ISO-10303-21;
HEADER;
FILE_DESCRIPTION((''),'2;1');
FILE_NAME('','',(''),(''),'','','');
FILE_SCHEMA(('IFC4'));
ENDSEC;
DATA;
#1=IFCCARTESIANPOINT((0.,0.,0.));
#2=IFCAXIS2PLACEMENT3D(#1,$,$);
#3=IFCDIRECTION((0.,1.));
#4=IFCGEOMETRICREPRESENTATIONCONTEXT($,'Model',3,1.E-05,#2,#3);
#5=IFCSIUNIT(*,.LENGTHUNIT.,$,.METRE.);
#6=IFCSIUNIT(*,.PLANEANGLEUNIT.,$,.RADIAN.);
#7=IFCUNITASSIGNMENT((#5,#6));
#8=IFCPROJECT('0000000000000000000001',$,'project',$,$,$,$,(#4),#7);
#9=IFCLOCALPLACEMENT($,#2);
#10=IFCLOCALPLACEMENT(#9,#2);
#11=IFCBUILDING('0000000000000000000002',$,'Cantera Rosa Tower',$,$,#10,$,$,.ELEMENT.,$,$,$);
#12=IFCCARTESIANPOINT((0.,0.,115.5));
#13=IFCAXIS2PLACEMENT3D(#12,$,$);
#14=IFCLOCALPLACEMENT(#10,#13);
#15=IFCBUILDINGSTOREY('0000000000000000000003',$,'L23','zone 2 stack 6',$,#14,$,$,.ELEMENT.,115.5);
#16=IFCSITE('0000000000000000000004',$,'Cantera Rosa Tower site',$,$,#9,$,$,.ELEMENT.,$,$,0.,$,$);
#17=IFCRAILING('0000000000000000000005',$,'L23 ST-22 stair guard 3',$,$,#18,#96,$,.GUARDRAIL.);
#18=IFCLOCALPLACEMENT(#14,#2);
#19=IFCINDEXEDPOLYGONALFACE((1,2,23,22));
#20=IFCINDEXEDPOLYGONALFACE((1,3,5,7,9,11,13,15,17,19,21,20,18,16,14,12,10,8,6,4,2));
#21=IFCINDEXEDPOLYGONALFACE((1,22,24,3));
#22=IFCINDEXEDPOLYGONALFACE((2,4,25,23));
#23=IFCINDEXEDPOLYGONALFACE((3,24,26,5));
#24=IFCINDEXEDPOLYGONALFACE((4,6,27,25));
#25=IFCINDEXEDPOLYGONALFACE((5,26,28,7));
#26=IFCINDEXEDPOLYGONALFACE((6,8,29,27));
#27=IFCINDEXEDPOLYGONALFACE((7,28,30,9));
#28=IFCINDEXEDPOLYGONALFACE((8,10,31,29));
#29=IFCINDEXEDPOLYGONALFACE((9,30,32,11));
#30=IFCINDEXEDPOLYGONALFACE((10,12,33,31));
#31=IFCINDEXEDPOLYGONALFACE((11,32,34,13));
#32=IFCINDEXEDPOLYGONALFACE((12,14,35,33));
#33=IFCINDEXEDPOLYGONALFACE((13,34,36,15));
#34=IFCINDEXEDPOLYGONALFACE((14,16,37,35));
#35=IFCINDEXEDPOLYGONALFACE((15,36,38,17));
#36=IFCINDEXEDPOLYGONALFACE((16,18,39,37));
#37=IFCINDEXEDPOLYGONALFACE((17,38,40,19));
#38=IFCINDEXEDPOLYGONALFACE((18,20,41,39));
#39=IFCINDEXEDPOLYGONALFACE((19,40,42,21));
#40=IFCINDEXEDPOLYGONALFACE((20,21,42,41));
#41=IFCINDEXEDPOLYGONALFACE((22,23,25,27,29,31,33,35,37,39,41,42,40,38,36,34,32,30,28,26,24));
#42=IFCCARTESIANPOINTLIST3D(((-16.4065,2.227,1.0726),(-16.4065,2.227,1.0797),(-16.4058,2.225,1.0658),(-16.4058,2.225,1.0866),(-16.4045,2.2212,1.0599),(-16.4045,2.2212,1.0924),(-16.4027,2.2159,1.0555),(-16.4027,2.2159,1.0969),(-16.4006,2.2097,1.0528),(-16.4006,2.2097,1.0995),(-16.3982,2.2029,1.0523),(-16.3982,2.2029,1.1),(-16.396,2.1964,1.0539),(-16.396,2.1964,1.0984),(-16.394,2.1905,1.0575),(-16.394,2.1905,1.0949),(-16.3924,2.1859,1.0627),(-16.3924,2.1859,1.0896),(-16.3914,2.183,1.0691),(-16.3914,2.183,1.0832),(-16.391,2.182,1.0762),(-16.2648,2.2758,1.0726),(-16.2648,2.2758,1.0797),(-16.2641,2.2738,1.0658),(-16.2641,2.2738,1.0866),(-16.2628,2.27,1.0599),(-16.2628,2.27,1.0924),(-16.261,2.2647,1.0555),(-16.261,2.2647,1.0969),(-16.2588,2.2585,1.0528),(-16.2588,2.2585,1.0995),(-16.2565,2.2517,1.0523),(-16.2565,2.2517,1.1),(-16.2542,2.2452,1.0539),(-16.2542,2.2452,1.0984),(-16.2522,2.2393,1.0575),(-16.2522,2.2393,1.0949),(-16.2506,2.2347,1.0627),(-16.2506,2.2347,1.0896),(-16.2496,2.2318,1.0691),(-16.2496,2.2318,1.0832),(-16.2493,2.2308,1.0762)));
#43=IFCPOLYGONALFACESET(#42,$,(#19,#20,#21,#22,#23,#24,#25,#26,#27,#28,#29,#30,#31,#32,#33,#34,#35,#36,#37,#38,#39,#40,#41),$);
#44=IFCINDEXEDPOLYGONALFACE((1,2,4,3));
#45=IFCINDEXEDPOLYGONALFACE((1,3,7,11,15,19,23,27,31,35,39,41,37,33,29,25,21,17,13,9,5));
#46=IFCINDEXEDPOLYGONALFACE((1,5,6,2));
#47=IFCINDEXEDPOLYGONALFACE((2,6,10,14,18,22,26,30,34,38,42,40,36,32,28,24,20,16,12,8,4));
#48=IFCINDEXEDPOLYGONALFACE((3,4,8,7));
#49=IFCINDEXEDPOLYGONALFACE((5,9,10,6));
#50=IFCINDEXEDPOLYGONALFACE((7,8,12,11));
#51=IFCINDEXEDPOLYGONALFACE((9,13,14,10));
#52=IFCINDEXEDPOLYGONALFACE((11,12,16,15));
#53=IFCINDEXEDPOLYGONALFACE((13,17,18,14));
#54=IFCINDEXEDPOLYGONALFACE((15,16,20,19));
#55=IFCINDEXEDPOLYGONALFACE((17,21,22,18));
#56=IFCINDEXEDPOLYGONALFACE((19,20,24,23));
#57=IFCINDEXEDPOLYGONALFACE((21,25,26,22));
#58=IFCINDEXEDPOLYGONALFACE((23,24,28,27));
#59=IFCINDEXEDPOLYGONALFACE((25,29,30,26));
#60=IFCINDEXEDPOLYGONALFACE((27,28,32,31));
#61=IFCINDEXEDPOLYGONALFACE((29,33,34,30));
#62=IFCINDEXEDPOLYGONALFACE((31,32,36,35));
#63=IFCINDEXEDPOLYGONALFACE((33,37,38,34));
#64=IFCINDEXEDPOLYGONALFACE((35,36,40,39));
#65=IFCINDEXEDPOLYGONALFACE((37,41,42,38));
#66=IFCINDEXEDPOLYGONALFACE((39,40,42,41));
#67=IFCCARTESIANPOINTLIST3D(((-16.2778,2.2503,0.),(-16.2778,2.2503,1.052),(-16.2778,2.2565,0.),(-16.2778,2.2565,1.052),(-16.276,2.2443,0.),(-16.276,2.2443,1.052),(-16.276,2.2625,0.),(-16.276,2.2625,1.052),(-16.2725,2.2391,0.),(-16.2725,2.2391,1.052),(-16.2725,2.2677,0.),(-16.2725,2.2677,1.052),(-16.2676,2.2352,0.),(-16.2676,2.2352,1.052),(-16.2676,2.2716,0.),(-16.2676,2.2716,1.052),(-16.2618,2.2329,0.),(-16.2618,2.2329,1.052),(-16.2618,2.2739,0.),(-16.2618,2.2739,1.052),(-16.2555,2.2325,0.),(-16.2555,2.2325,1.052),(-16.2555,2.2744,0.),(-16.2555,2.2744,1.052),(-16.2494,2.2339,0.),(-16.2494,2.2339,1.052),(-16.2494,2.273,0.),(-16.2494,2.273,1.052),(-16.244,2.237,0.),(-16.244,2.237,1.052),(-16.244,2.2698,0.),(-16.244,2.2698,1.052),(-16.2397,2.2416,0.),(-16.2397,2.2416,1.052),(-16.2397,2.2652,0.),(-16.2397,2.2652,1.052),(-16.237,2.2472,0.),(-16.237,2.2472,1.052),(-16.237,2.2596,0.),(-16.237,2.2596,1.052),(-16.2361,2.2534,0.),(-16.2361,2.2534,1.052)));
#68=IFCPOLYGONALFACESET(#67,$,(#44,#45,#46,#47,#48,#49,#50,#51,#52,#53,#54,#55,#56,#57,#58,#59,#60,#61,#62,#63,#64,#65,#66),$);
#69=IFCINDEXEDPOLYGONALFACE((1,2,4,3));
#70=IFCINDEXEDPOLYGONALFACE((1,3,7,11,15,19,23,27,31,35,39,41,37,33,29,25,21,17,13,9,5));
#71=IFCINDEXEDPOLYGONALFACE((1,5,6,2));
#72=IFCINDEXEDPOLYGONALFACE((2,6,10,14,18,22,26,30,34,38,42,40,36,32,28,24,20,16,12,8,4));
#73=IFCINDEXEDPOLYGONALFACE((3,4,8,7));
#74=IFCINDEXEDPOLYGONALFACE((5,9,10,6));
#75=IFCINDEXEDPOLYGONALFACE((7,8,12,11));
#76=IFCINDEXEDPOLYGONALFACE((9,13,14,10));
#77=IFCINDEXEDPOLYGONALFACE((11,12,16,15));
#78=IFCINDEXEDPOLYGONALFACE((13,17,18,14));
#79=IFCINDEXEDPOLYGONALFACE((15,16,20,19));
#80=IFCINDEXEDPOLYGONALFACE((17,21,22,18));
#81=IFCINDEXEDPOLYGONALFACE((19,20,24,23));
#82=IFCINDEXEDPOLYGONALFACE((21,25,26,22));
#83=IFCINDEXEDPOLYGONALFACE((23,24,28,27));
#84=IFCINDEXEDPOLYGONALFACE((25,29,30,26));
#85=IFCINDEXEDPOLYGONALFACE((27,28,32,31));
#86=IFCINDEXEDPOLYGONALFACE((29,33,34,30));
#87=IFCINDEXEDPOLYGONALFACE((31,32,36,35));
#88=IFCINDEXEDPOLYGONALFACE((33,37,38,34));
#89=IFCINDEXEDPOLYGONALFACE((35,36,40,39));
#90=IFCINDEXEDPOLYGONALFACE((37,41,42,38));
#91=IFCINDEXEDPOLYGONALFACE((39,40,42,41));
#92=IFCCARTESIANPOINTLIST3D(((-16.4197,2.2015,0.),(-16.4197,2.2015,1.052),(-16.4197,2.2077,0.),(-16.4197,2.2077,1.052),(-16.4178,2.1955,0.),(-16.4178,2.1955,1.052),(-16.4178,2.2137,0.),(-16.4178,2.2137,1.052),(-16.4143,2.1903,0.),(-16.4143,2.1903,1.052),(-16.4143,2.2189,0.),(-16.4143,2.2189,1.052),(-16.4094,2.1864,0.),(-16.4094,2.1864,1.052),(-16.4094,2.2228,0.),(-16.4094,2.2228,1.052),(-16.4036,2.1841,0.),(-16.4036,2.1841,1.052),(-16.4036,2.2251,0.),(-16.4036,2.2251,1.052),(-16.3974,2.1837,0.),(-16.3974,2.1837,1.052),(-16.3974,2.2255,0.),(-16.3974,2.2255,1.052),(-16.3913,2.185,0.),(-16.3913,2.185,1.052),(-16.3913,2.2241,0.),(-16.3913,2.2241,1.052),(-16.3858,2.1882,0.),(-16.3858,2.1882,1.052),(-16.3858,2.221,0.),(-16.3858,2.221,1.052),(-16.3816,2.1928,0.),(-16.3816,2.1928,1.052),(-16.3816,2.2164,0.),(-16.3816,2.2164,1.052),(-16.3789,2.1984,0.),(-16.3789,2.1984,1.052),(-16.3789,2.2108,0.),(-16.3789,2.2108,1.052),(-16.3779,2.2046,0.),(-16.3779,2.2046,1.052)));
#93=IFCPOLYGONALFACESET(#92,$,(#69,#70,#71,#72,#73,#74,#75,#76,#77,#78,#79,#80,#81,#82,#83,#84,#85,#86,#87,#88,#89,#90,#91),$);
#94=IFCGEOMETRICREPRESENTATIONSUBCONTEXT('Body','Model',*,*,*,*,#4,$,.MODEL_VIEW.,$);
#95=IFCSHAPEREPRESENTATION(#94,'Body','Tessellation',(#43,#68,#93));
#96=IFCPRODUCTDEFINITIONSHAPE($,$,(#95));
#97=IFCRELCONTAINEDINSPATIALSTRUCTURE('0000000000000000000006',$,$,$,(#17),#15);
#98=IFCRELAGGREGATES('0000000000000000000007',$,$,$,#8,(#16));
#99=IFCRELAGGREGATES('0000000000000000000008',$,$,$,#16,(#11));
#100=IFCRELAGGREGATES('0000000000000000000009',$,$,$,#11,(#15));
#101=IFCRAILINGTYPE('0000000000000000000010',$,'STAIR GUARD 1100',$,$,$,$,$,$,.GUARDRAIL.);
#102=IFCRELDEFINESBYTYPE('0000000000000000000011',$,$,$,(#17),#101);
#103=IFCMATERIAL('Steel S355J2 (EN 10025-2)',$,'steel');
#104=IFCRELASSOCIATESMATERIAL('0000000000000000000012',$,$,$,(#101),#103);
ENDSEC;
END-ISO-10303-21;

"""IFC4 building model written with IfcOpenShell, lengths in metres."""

from ifc_helpers import new_model, si_unit, direction, frame, origin, origin_2d, place, context, subcontext, project, spatial, circle, extrude, material, type_object, element, save


model = new_model("IFC4")

# Units and contexts
model_context = context("Model", 3, precision=1e-05, world=origin(), true_north=direction((0.0, 1.0)))
body_context = subcontext(model_context, "Body", "Model", "MODEL_VIEW")
ifc_project = project(units=[si_unit("LENGTHUNIT", "METRE"), si_unit("PLANEANGLEUNIT", "RADIAN")], contexts=[model_context])

# Site, building, storey
site_placement = place(None, origin())
site = spatial("IfcSite", under=ifc_project, at=site_placement, Name="Cantera Rosa Tower site", CompositionType="ELEMENT", RefElevation=0.0)
building_placement = place(site_placement, origin())
building = spatial("IfcBuilding", under=site, at=building_placement, Name="Cantera Rosa Tower", CompositionType="ELEMENT")
storey_placement = place(building_placement, frame((0.0, 0.0, 115.5)))
storey = spatial("IfcBuildingStorey", under=building, at=storey_placement, Name="L23", Description="zone 2 stack 6", CompositionType="ELEMENT", Elevation=115.5)

# Railing
ifc_material_1 = material(Name="Steel S355J2 (EN 10025-2)", Category="steel")
railing_type_1 = type_object("IfcRailingType", Name="STAIR GUARD 1100", PredefinedType="GUARDRAIL", material=ifc_material_1)
railing_1_placement = place(storey_placement, frame((-16.2571, 2.2534, 0.0)))
element("IfcRailing", 1, at=railing_1_placement, inside=storey, type_object=railing_type_1, Name="L23 ST-22 stair guard 3", PredefinedType="GUARDRAIL", context=body_context, shape_type="SweptSolid", body=[
    extrude(circle(Radius=0.0239, at=origin_2d()), frame((0.0, 0.0, 1.0762), z_axis=(-0.945546, -0.325489, 0.0), x_axis=(0.325489, -0.945546, 0.0)), (0.0, 0.0, 1.0), 0.1499),
    extrude(circle(Radius=0.021, at=origin_2d()), origin(), (0.0, 0.0, 1.0), 1.052),
    extrude(circle(Radius=0.021, at=origin_2d()), frame((-0.1418, -0.0488, 0.0)), (0.0, 0.0, 1.0), 1.052),
])

save(model, "model.ifc")
